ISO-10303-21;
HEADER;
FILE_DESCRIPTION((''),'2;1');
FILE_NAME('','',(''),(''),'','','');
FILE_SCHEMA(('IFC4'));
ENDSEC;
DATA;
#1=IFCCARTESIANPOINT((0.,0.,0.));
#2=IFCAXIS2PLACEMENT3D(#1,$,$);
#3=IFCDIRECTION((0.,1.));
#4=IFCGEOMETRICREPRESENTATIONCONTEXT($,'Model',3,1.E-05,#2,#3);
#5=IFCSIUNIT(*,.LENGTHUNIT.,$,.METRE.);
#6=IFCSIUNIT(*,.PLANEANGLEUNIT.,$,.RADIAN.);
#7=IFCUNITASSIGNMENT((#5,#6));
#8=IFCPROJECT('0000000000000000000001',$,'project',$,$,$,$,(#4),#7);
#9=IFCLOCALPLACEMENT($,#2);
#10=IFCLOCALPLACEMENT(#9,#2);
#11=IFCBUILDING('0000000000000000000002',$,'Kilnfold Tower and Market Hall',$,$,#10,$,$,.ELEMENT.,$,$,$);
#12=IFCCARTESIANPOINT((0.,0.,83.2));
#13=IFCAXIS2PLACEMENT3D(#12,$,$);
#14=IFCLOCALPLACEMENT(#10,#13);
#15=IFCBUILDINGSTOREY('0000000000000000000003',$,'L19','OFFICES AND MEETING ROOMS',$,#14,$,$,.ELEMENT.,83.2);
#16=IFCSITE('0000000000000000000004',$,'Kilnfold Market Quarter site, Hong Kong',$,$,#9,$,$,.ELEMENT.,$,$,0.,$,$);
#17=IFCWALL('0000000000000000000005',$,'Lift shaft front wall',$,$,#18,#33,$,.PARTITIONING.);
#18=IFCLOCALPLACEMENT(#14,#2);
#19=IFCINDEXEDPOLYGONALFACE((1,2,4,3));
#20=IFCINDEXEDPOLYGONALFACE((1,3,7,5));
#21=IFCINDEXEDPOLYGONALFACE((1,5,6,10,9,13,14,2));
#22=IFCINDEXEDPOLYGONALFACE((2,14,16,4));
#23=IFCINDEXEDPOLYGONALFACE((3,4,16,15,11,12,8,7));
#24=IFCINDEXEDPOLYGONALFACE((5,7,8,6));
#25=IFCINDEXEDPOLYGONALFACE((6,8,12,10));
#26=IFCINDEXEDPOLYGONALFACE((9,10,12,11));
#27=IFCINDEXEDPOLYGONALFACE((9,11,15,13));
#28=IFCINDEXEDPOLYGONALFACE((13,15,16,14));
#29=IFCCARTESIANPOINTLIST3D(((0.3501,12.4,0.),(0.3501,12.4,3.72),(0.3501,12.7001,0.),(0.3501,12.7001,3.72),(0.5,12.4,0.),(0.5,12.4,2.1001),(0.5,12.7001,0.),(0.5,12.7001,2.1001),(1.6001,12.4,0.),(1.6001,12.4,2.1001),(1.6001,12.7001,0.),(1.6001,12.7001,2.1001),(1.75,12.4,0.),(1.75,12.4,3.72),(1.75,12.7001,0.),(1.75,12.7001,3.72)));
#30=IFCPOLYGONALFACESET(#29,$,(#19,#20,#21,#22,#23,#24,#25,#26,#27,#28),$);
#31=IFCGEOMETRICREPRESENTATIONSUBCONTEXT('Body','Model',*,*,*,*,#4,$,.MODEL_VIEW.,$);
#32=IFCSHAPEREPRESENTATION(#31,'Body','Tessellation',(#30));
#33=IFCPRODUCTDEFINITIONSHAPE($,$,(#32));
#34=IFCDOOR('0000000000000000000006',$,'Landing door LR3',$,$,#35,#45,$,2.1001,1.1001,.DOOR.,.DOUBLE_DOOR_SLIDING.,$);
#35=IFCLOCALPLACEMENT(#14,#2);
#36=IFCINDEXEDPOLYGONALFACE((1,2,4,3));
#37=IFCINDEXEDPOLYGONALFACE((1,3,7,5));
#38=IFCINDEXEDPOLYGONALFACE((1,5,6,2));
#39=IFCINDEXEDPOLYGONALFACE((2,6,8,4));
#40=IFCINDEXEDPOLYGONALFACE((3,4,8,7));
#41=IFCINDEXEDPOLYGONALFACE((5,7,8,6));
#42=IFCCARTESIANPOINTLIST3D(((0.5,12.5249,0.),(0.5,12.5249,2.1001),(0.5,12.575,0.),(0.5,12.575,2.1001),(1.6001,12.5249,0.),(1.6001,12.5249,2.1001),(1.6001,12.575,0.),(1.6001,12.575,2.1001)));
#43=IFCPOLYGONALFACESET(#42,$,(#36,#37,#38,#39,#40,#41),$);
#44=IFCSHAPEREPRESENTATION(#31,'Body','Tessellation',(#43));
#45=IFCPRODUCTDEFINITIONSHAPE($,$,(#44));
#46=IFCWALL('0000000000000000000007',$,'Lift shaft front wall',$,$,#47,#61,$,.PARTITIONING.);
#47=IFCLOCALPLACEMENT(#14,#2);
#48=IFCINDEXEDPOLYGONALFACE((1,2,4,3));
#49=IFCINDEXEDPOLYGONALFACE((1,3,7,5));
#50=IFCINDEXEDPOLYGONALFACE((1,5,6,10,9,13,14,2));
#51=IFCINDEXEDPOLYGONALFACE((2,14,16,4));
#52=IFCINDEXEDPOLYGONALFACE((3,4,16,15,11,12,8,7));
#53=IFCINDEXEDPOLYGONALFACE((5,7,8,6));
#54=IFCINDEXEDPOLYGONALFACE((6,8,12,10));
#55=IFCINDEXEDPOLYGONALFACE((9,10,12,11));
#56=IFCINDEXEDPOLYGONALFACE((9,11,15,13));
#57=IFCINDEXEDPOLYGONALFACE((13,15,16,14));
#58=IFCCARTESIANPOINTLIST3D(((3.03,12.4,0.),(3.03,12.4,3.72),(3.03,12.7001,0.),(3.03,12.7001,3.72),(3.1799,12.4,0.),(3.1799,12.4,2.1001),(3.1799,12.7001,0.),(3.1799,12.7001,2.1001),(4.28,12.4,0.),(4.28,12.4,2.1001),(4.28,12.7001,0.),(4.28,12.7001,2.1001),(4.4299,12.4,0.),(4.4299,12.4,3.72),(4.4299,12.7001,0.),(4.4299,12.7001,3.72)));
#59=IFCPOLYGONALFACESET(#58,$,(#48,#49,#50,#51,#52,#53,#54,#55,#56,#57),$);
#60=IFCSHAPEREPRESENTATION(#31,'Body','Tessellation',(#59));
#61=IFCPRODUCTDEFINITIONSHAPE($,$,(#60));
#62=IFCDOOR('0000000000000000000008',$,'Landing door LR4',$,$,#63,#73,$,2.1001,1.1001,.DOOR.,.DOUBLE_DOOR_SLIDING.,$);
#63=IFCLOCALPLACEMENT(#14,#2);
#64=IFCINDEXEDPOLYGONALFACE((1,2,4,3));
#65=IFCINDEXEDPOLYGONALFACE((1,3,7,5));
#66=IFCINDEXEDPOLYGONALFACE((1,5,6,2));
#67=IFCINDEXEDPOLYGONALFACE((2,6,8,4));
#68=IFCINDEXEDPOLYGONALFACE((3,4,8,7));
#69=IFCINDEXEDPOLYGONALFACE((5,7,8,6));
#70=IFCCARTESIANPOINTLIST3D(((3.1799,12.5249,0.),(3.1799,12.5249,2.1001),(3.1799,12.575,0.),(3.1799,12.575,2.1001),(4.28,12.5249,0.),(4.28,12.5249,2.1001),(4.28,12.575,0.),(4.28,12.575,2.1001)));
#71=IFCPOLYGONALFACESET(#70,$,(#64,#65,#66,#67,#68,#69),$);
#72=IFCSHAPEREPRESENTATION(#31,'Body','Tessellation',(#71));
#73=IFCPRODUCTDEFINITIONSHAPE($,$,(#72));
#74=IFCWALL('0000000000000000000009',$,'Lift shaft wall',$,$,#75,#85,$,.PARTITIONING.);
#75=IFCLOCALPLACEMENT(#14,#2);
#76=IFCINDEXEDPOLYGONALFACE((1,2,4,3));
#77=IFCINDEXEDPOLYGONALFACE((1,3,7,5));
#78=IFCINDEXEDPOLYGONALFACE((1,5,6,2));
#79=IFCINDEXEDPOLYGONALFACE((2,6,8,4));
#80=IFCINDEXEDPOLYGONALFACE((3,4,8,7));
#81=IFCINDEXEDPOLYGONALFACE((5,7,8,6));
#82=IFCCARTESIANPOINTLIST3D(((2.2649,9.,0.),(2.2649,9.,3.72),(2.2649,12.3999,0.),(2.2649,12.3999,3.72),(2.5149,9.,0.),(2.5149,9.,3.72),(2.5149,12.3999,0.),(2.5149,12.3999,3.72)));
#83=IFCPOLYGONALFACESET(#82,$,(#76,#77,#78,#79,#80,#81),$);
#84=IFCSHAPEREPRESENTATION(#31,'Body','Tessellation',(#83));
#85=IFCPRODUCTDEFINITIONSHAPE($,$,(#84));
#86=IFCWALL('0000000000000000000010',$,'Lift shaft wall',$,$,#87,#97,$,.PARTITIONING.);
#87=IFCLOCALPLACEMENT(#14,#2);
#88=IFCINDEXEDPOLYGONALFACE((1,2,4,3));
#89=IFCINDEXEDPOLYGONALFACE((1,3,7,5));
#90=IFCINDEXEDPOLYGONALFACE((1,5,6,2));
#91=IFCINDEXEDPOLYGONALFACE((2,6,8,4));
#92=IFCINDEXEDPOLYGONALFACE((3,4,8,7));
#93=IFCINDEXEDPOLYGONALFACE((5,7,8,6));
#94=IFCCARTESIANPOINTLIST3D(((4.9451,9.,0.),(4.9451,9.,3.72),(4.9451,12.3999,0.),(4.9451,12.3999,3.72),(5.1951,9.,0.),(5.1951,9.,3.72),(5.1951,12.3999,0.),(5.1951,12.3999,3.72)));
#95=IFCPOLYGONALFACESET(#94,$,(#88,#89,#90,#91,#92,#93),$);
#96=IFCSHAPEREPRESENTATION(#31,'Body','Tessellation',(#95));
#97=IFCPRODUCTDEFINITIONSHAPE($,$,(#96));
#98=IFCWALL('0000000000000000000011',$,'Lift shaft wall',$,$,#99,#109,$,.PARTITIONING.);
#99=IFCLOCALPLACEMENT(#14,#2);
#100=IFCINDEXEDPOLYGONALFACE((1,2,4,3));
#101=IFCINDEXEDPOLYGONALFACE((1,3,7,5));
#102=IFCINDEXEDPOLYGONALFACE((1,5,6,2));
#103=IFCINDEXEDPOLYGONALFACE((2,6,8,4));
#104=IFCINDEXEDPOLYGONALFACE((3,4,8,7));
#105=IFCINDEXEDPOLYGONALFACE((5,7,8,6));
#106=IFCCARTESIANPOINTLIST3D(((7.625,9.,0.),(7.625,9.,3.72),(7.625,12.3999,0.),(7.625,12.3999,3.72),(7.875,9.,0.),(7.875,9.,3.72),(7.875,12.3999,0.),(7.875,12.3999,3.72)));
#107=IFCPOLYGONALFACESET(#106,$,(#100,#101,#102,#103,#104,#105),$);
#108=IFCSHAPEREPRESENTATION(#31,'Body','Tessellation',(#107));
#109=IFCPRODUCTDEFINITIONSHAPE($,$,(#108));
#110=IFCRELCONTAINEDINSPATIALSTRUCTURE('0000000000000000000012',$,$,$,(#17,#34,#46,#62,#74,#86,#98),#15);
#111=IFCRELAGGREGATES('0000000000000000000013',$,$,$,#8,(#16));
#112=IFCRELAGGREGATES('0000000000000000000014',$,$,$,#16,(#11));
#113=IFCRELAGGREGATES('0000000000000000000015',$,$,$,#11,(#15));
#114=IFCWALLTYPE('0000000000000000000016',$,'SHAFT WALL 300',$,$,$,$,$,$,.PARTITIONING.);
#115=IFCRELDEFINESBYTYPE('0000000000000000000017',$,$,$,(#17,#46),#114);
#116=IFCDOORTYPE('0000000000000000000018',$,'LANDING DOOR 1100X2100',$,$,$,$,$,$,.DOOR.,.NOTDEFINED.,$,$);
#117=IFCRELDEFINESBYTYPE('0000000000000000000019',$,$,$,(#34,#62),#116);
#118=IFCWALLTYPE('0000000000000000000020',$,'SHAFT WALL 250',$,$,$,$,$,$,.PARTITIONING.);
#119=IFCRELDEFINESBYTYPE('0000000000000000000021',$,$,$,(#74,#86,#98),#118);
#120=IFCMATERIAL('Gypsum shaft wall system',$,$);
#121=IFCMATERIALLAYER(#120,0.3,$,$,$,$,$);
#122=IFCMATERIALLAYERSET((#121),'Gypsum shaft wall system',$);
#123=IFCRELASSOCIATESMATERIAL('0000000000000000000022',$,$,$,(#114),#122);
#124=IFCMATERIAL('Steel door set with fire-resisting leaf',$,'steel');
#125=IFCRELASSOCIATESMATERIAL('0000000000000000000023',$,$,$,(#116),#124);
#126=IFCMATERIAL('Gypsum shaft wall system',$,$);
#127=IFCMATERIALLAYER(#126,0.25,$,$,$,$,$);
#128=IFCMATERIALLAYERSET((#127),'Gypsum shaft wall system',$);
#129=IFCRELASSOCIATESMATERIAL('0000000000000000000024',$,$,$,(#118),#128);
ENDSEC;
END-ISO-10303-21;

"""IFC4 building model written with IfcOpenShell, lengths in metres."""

from ifc_helpers import new_model, si_unit, direction, frame, frame_2d, origin, place, context, subcontext, project, spatial, rectangle, extrude, source, transform, mapped, material, layer, layer_set, type_object, element, fill, save


model = new_model("IFC4")

# Units and contexts
model_context = context("Model", 3, precision=1e-05, world=origin(), true_north=direction((0.0, 1.0)))
body_context = subcontext(model_context, "Body", "Model", "MODEL_VIEW")
ifc_project = project(units=[si_unit("LENGTHUNIT", "METRE"), si_unit("PLANEANGLEUNIT", "RADIAN")], contexts=[model_context])

# Site, building, storey
site_placement = place(None, origin())
site = spatial("IfcSite", under=ifc_project, at=site_placement, Name="Kilnfold Market Quarter site, Hong Kong", CompositionType="ELEMENT", RefElevation=0.0)
building_placement = place(site_placement, origin())
building = spatial("IfcBuilding", under=site, at=building_placement, Name="Kilnfold Tower and Market Hall", CompositionType="ELEMENT")
storey_placement = place(building_placement, frame((0.0, 0.0, 83.2)))
storey = spatial("IfcBuildingStorey", under=building, at=storey_placement, Name="L19", Description="OFFICES AND MEETING ROOMS", CompositionType="ELEMENT", Elevation=83.2)

# Walls, openings, doors
ifc_material_1 = material(Name="Gypsum shaft wall system")
ifc_layer_1 = layer(ifc_material_1, 0.3)
ifc_layer_set_1 = layer_set([ifc_layer_1], Name="Gypsum shaft wall system")
wall_type_1 = type_object("IfcWallType", Name="SHAFT WALL 300", PredefinedType="PARTITIONING", material=ifc_layer_set_1)
shared_shape_1 = source(origin(), body_context, "Body", "SweptSolid", [
    extrude(rectangle(XDim=1.3999, YDim=0.3, at=frame_2d((0.7, 0.0))), origin(), (0.0, 0.0, 1.0), 3.72),
])
wall_1_placement = place(storey_placement, frame((0.3501, 12.55, 0.0), z_axis=(0.0, 0.0, 1.0), x_axis=(1.0, 0.0, 0.0)))
wall_1 = element("IfcWall", 1, at=wall_1_placement, inside=storey, type_object=wall_type_1, Name="Lift shaft front wall", PredefinedType="PARTITIONING", context=body_context, shape_type="MappedRepresentation", body=[
    mapped(shared_shape_1, transform((0.0, 0.0, 0.0))),
])
opening_1_placement = place(wall_1_placement, frame((0.1499, 0.0, 0.0)))
opening_1 = element("IfcOpeningElement", 2, at=opening_1_placement, cuts=wall_1, PredefinedType="OPENING", context=body_context, shape_type="SweptSolid", body=[
    extrude(rectangle(XDim=1.1001, YDim=2.1001, at=frame_2d((0.55, 1.05))), frame((0.0, 0.1602, 0.0), z_axis=(0.0, -1.0, 0.0), x_axis=(1.0, 0.0, 0.0)), (0.0, 0.0, 1.0), 0.3201),
])
ifc_material_2 = material(Name="Steel door set with fire-resisting leaf", Category="steel")
door_type_1 = type_object("IfcDoorType", Name="LANDING DOOR 1100X2100", OperationType="NOTDEFINED", PredefinedType="DOOR", material=ifc_material_2)
door_1_placement = place(opening_1_placement, origin())
door_1 = element("IfcDoor", 3, at=door_1_placement, inside=storey, type_object=door_type_1, Name="Landing door LR3", OperationType="DOUBLE_DOOR_SLIDING", OverallHeight=2.1001, OverallWidth=1.1001, PredefinedType="DOOR", context=body_context, shape_type="SweptSolid", body=[
    extrude(rectangle(XDim=1.1001, YDim=2.1001, at=frame_2d((0.55, 1.05))), frame((0.0, 0.0249, 0.0), z_axis=(0.0, -1.0, 0.0), x_axis=(1.0, 0.0, 0.0)), (0.0, 0.0, 1.0), 0.05),
])
fill(opening_1, door_1)
wall_2_placement = place(storey_placement, frame((3.03, 12.55, 0.0), z_axis=(0.0, 0.0, 1.0), x_axis=(1.0, 0.0, 0.0)))
wall_2 = element("IfcWall", 4, at=wall_2_placement, inside=storey, type_object=wall_type_1, Name="Lift shaft front wall", PredefinedType="PARTITIONING", context=body_context, shape_type="MappedRepresentation", body=[
    mapped(shared_shape_1, transform((0.0, 0.0, 0.0))),
])
opening_2_placement = place(wall_2_placement, frame((0.1499, 0.0, 0.0)))
opening_2 = element("IfcOpeningElement", 5, at=opening_2_placement, cuts=wall_2, PredefinedType="OPENING", context=body_context, shape_type="SweptSolid", body=[
    extrude(rectangle(XDim=1.1001, YDim=2.1001, at=frame_2d((0.55, 1.05))), frame((0.0, 0.1602, 0.0), z_axis=(0.0, -1.0, 0.0), x_axis=(1.0, 0.0, 0.0)), (0.0, 0.0, 1.0), 0.3201),
])
door_2_placement = place(opening_2_placement, origin())
door_2 = element("IfcDoor", 6, at=door_2_placement, inside=storey, type_object=door_type_1, Name="Landing door LR4", OperationType="DOUBLE_DOOR_SLIDING", OverallHeight=2.1001, OverallWidth=1.1001, PredefinedType="DOOR", context=body_context, shape_type="SweptSolid", body=[
    extrude(rectangle(XDim=1.1001, YDim=2.1001, at=frame_2d((0.55, 1.05))), frame((0.0, 0.0249, 0.0), z_axis=(0.0, -1.0, 0.0), x_axis=(1.0, 0.0, 0.0)), (0.0, 0.0, 1.0), 0.05),
])
fill(opening_2, door_2)

# Walls
ifc_material_3 = material(Name="Gypsum shaft wall system")
ifc_layer_2 = layer(ifc_material_3, 0.25)
ifc_layer_set_2 = layer_set([ifc_layer_2], Name="Gypsum shaft wall system")
wall_type_2 = type_object("IfcWallType", Name="SHAFT WALL 250", PredefinedType="PARTITIONING", material=ifc_layer_set_2)
shared_shape_2 = source(origin(), body_context, "Body", "SweptSolid", [
    extrude(rectangle(XDim=3.3999, YDim=0.25, at=frame_2d((1.7, 0.0))), origin(), (0.0, 0.0, 1.0), 3.72),
])
for number, where, z_axis, x_axis, name in (
    (7, (2.3899, 9.0, 0.0), (0.0, 0.0, 1.0), (0.0, 1.0, 0.0), "Lift shaft wall"),
    (8, (5.0701, 9.0, 0.0), (0.0, 0.0, 1.0), (0.0, 1.0, 0.0), "Lift shaft wall"),
    (9, (7.75, 9.0, 0.0), (0.0, 0.0, 1.0), (0.0, 1.0, 0.0), "Lift shaft wall"),
):
    element("IfcWall", number, at=place(storey_placement, frame(where, z_axis=z_axis, x_axis=x_axis)), inside=storey, type_object=wall_type_2, Name=name, PredefinedType="PARTITIONING", context=body_context, shape_type="MappedRepresentation", body=[
        mapped(shared_shape_2, transform((0.0, 0.0, 0.0))),
    ])

save(model, "model.ifc")
